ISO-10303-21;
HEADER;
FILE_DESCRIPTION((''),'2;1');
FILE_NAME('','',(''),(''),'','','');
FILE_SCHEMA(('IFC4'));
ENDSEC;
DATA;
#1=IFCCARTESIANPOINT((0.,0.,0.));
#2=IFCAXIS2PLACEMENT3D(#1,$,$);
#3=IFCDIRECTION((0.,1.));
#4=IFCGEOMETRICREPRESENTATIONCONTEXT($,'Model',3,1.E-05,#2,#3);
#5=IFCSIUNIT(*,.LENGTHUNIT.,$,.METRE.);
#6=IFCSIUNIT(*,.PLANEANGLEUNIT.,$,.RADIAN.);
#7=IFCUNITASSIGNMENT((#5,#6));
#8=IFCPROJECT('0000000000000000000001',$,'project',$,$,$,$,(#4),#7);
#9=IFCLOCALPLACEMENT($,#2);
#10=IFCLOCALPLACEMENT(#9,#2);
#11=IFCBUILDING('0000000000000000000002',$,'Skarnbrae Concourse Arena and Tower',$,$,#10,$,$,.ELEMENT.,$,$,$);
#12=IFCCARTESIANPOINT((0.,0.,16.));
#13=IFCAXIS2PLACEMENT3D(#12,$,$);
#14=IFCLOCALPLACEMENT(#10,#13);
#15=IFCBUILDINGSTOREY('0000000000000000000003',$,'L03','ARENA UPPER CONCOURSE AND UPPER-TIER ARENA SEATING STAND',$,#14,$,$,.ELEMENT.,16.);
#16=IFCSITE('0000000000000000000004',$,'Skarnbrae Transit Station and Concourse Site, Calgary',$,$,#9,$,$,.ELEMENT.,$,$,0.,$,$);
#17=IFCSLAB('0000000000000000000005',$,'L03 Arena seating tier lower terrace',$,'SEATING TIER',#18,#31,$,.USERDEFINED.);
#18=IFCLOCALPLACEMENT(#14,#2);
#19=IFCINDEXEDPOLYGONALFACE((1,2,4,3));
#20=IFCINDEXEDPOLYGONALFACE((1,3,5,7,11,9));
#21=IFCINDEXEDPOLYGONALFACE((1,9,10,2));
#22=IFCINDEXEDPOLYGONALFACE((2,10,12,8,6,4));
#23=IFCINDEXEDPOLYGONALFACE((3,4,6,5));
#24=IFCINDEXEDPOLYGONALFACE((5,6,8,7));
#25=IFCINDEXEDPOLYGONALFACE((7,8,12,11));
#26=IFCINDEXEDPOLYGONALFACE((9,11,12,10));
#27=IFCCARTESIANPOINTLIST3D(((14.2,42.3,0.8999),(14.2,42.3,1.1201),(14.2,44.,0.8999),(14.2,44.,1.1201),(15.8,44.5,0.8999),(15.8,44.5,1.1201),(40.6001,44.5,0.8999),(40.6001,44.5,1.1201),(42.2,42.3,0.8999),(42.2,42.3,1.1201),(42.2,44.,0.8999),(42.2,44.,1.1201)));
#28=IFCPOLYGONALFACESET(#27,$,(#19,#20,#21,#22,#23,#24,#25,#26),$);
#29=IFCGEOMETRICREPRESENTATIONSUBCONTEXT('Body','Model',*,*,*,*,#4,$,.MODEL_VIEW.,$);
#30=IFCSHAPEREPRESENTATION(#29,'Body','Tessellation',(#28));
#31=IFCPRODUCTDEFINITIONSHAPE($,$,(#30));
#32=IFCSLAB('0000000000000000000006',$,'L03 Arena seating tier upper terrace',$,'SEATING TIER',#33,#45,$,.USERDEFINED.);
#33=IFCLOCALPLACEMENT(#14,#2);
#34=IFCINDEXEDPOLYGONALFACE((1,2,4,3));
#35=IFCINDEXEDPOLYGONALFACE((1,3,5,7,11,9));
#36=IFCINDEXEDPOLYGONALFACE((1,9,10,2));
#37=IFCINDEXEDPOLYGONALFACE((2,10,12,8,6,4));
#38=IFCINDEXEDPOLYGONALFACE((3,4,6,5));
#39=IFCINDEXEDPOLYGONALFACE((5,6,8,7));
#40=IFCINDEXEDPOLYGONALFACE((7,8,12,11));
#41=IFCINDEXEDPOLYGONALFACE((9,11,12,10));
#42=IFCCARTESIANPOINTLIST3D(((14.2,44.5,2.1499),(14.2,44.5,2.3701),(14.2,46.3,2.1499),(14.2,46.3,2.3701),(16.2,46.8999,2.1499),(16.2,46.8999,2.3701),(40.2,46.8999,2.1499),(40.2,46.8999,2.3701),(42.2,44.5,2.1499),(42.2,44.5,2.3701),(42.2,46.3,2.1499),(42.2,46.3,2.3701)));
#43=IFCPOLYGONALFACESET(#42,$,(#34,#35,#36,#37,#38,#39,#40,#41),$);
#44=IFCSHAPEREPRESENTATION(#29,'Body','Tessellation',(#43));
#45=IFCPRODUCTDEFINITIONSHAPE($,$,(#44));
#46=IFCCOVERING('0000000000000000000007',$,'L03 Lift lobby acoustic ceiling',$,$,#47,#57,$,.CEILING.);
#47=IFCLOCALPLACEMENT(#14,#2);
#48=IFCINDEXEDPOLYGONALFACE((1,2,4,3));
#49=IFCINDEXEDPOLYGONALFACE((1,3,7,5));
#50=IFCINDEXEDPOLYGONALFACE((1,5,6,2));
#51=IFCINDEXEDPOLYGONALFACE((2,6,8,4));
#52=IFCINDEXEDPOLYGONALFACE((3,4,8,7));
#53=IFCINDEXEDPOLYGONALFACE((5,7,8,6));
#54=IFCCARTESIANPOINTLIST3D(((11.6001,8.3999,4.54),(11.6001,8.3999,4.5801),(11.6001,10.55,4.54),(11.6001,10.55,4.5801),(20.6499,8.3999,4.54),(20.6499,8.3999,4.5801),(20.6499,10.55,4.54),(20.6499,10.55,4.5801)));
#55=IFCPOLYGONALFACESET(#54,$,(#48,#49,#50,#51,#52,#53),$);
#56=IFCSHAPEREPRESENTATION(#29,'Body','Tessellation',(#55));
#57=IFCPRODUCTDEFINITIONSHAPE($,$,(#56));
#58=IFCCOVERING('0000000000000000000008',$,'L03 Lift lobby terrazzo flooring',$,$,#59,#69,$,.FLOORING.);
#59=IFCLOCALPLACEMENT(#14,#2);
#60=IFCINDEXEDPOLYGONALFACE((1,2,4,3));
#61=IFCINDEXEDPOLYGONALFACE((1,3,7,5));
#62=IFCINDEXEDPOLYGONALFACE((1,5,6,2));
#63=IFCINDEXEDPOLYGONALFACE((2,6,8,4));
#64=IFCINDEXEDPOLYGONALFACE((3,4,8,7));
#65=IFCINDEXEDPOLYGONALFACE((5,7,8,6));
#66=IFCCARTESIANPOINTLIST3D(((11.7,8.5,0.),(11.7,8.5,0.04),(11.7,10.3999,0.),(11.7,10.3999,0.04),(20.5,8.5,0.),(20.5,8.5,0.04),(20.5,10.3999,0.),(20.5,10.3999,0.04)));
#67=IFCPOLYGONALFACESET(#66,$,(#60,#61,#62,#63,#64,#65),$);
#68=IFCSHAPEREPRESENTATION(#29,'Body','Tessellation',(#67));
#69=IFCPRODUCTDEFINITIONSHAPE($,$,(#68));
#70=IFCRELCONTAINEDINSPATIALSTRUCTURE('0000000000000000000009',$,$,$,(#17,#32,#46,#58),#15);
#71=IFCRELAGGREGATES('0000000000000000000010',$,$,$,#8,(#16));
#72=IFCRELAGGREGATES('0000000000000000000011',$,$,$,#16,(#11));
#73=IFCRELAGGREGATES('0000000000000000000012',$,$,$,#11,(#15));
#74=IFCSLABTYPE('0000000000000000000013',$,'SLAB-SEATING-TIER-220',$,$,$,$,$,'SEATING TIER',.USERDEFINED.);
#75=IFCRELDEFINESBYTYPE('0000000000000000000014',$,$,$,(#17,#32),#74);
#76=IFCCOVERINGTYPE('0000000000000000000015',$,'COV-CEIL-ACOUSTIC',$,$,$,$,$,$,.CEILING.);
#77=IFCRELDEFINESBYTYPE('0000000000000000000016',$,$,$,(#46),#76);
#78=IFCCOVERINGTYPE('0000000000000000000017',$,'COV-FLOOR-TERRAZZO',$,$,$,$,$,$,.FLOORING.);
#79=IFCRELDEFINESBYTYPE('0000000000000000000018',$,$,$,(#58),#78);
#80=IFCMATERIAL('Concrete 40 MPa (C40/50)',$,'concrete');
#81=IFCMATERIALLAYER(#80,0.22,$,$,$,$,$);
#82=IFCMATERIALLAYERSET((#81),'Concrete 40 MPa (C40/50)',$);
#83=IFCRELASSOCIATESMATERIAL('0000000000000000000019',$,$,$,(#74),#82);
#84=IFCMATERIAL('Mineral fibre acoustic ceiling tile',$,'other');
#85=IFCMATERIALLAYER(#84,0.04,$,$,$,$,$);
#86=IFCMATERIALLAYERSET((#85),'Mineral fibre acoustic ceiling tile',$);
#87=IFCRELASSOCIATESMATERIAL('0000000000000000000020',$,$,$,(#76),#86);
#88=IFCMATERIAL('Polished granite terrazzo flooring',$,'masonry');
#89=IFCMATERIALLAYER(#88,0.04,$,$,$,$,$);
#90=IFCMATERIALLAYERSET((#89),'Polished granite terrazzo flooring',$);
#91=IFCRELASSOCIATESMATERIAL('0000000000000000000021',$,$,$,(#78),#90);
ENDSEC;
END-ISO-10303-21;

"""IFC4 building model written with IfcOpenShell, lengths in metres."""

from ifc_helpers import new_model, si_unit, direction, frame, origin, place, context, subcontext, project, spatial, polyline, outline, extrude, material, layer, layer_set, type_object, element, save


model = new_model("IFC4")

# Units and contexts
model_context = context("Model", 3, precision=1e-05, world=origin(), true_north=direction((0.0, 1.0)))
body_context = subcontext(model_context, "Body", "Model", "MODEL_VIEW")
ifc_project = project(units=[si_unit("LENGTHUNIT", "METRE"), si_unit("PLANEANGLEUNIT", "RADIAN")], contexts=[model_context])

# Site, building, storey
site_placement = place(None, origin())
site = spatial("IfcSite", under=ifc_project, at=site_placement, Name="Skarnbrae Transit Station and Concourse Site, Calgary", CompositionType="ELEMENT", RefElevation=0.0)
building_placement = place(site_placement, origin())
building = spatial("IfcBuilding", under=site, at=building_placement, Name="Skarnbrae Concourse Arena and Tower", CompositionType="ELEMENT")
storey_placement = place(building_placement, frame((0.0, 0.0, 16.0)))
storey = spatial("IfcBuildingStorey", under=building, at=storey_placement, Name="L03", Description="ARENA UPPER CONCOURSE AND UPPER-TIER ARENA SEATING STAND", CompositionType="ELEMENT", Elevation=16.0)

# Shared definitions
ifc_material_1 = material(Name="Concrete 40 MPa (C40/50)", Category="concrete")

# Slabs
ifc_layer_1 = layer(ifc_material_1, 0.22)
ifc_layer_set_1 = layer_set([ifc_layer_1], Name="Concrete 40 MPa (C40/50)")
slab_type_1 = type_object("IfcSlabType", Name="SLAB-SEATING-TIER-220", ElementType="SEATING TIER", PredefinedType="USERDEFINED", material=ifc_layer_set_1)
slab_1_placement = place(storey_placement, frame((0.0, 0.0, 0.8999)))
element("IfcSlab", 1, at=slab_1_placement, inside=storey, type_object=slab_type_1, Name="L03 Arena seating tier lower terrace", ObjectType="SEATING TIER", PredefinedType="USERDEFINED", context=body_context, shape_type="SweptSolid", body=[
    extrude(outline(polyline([(14.2, 42.3), (42.2, 42.3), (42.2, 44.0), (40.6001, 44.5), (15.8, 44.5), (14.2, 44.0), (14.2, 42.3)])), origin(), (0.0, 0.0, 1.0), 0.2202),
])
slab_2_placement = place(storey_placement, frame((0.0, 0.0, 2.1499)))
element("IfcSlab", 2, at=slab_2_placement, inside=storey, type_object=slab_type_1, Name="L03 Arena seating tier upper terrace", ObjectType="SEATING TIER", PredefinedType="USERDEFINED", context=body_context, shape_type="SweptSolid", body=[
    extrude(outline(polyline([(14.2, 44.5), (42.2, 44.5), (42.2, 46.3), (40.2, 46.8999), (16.2, 46.8999), (14.2, 46.3), (14.2, 44.5)])), origin(), (0.0, 0.0, 1.0), 0.2202),
])

# Coverings
ifc_material_2 = material(Name="Mineral fibre acoustic ceiling tile", Category="other")
ifc_layer_2 = layer(ifc_material_2, 0.04)
ifc_layer_set_2 = layer_set([ifc_layer_2], Name="Mineral fibre acoustic ceiling tile")
covering_type_1 = type_object("IfcCoveringType", Name="COV-CEIL-ACOUSTIC", PredefinedType="CEILING", material=ifc_layer_set_2)
covering_1_placement = place(storey_placement, frame((0.0, 0.0, 4.54)))
element("IfcCovering", 3, at=covering_1_placement, inside=storey, type_object=covering_type_1, Name="L03 Lift lobby acoustic ceiling", PredefinedType="CEILING", context=body_context, shape_type="SweptSolid", body=[
    extrude(outline(polyline([(11.6001, 8.3999), (20.6499, 8.3999), (20.6499, 10.55), (11.6001, 10.55), (11.6001, 8.3999)])), origin(), (0.0, 0.0, 1.0), 0.04),
])
ifc_material_3 = material(Name="Polished granite terrazzo flooring", Category="masonry")
ifc_layer_3 = layer(ifc_material_3, 0.04)
ifc_layer_set_3 = layer_set([ifc_layer_3], Name="Polished granite terrazzo flooring")
covering_type_2 = type_object("IfcCoveringType", Name="COV-FLOOR-TERRAZZO", PredefinedType="FLOORING", material=ifc_layer_set_3)
covering_2_placement = place(storey_placement, origin())
element("IfcCovering", 4, at=covering_2_placement, inside=storey, type_object=covering_type_2, Name="L03 Lift lobby terrazzo flooring", PredefinedType="FLOORING", context=body_context, shape_type="SweptSolid", body=[
    extrude(outline(polyline([(11.7, 8.5), (20.5, 8.5), (20.5, 10.3999), (11.7, 10.3999), (11.7, 8.5)])), origin(), (0.0, 0.0, 1.0), 0.04),
])

save(model, "model.ifc")
